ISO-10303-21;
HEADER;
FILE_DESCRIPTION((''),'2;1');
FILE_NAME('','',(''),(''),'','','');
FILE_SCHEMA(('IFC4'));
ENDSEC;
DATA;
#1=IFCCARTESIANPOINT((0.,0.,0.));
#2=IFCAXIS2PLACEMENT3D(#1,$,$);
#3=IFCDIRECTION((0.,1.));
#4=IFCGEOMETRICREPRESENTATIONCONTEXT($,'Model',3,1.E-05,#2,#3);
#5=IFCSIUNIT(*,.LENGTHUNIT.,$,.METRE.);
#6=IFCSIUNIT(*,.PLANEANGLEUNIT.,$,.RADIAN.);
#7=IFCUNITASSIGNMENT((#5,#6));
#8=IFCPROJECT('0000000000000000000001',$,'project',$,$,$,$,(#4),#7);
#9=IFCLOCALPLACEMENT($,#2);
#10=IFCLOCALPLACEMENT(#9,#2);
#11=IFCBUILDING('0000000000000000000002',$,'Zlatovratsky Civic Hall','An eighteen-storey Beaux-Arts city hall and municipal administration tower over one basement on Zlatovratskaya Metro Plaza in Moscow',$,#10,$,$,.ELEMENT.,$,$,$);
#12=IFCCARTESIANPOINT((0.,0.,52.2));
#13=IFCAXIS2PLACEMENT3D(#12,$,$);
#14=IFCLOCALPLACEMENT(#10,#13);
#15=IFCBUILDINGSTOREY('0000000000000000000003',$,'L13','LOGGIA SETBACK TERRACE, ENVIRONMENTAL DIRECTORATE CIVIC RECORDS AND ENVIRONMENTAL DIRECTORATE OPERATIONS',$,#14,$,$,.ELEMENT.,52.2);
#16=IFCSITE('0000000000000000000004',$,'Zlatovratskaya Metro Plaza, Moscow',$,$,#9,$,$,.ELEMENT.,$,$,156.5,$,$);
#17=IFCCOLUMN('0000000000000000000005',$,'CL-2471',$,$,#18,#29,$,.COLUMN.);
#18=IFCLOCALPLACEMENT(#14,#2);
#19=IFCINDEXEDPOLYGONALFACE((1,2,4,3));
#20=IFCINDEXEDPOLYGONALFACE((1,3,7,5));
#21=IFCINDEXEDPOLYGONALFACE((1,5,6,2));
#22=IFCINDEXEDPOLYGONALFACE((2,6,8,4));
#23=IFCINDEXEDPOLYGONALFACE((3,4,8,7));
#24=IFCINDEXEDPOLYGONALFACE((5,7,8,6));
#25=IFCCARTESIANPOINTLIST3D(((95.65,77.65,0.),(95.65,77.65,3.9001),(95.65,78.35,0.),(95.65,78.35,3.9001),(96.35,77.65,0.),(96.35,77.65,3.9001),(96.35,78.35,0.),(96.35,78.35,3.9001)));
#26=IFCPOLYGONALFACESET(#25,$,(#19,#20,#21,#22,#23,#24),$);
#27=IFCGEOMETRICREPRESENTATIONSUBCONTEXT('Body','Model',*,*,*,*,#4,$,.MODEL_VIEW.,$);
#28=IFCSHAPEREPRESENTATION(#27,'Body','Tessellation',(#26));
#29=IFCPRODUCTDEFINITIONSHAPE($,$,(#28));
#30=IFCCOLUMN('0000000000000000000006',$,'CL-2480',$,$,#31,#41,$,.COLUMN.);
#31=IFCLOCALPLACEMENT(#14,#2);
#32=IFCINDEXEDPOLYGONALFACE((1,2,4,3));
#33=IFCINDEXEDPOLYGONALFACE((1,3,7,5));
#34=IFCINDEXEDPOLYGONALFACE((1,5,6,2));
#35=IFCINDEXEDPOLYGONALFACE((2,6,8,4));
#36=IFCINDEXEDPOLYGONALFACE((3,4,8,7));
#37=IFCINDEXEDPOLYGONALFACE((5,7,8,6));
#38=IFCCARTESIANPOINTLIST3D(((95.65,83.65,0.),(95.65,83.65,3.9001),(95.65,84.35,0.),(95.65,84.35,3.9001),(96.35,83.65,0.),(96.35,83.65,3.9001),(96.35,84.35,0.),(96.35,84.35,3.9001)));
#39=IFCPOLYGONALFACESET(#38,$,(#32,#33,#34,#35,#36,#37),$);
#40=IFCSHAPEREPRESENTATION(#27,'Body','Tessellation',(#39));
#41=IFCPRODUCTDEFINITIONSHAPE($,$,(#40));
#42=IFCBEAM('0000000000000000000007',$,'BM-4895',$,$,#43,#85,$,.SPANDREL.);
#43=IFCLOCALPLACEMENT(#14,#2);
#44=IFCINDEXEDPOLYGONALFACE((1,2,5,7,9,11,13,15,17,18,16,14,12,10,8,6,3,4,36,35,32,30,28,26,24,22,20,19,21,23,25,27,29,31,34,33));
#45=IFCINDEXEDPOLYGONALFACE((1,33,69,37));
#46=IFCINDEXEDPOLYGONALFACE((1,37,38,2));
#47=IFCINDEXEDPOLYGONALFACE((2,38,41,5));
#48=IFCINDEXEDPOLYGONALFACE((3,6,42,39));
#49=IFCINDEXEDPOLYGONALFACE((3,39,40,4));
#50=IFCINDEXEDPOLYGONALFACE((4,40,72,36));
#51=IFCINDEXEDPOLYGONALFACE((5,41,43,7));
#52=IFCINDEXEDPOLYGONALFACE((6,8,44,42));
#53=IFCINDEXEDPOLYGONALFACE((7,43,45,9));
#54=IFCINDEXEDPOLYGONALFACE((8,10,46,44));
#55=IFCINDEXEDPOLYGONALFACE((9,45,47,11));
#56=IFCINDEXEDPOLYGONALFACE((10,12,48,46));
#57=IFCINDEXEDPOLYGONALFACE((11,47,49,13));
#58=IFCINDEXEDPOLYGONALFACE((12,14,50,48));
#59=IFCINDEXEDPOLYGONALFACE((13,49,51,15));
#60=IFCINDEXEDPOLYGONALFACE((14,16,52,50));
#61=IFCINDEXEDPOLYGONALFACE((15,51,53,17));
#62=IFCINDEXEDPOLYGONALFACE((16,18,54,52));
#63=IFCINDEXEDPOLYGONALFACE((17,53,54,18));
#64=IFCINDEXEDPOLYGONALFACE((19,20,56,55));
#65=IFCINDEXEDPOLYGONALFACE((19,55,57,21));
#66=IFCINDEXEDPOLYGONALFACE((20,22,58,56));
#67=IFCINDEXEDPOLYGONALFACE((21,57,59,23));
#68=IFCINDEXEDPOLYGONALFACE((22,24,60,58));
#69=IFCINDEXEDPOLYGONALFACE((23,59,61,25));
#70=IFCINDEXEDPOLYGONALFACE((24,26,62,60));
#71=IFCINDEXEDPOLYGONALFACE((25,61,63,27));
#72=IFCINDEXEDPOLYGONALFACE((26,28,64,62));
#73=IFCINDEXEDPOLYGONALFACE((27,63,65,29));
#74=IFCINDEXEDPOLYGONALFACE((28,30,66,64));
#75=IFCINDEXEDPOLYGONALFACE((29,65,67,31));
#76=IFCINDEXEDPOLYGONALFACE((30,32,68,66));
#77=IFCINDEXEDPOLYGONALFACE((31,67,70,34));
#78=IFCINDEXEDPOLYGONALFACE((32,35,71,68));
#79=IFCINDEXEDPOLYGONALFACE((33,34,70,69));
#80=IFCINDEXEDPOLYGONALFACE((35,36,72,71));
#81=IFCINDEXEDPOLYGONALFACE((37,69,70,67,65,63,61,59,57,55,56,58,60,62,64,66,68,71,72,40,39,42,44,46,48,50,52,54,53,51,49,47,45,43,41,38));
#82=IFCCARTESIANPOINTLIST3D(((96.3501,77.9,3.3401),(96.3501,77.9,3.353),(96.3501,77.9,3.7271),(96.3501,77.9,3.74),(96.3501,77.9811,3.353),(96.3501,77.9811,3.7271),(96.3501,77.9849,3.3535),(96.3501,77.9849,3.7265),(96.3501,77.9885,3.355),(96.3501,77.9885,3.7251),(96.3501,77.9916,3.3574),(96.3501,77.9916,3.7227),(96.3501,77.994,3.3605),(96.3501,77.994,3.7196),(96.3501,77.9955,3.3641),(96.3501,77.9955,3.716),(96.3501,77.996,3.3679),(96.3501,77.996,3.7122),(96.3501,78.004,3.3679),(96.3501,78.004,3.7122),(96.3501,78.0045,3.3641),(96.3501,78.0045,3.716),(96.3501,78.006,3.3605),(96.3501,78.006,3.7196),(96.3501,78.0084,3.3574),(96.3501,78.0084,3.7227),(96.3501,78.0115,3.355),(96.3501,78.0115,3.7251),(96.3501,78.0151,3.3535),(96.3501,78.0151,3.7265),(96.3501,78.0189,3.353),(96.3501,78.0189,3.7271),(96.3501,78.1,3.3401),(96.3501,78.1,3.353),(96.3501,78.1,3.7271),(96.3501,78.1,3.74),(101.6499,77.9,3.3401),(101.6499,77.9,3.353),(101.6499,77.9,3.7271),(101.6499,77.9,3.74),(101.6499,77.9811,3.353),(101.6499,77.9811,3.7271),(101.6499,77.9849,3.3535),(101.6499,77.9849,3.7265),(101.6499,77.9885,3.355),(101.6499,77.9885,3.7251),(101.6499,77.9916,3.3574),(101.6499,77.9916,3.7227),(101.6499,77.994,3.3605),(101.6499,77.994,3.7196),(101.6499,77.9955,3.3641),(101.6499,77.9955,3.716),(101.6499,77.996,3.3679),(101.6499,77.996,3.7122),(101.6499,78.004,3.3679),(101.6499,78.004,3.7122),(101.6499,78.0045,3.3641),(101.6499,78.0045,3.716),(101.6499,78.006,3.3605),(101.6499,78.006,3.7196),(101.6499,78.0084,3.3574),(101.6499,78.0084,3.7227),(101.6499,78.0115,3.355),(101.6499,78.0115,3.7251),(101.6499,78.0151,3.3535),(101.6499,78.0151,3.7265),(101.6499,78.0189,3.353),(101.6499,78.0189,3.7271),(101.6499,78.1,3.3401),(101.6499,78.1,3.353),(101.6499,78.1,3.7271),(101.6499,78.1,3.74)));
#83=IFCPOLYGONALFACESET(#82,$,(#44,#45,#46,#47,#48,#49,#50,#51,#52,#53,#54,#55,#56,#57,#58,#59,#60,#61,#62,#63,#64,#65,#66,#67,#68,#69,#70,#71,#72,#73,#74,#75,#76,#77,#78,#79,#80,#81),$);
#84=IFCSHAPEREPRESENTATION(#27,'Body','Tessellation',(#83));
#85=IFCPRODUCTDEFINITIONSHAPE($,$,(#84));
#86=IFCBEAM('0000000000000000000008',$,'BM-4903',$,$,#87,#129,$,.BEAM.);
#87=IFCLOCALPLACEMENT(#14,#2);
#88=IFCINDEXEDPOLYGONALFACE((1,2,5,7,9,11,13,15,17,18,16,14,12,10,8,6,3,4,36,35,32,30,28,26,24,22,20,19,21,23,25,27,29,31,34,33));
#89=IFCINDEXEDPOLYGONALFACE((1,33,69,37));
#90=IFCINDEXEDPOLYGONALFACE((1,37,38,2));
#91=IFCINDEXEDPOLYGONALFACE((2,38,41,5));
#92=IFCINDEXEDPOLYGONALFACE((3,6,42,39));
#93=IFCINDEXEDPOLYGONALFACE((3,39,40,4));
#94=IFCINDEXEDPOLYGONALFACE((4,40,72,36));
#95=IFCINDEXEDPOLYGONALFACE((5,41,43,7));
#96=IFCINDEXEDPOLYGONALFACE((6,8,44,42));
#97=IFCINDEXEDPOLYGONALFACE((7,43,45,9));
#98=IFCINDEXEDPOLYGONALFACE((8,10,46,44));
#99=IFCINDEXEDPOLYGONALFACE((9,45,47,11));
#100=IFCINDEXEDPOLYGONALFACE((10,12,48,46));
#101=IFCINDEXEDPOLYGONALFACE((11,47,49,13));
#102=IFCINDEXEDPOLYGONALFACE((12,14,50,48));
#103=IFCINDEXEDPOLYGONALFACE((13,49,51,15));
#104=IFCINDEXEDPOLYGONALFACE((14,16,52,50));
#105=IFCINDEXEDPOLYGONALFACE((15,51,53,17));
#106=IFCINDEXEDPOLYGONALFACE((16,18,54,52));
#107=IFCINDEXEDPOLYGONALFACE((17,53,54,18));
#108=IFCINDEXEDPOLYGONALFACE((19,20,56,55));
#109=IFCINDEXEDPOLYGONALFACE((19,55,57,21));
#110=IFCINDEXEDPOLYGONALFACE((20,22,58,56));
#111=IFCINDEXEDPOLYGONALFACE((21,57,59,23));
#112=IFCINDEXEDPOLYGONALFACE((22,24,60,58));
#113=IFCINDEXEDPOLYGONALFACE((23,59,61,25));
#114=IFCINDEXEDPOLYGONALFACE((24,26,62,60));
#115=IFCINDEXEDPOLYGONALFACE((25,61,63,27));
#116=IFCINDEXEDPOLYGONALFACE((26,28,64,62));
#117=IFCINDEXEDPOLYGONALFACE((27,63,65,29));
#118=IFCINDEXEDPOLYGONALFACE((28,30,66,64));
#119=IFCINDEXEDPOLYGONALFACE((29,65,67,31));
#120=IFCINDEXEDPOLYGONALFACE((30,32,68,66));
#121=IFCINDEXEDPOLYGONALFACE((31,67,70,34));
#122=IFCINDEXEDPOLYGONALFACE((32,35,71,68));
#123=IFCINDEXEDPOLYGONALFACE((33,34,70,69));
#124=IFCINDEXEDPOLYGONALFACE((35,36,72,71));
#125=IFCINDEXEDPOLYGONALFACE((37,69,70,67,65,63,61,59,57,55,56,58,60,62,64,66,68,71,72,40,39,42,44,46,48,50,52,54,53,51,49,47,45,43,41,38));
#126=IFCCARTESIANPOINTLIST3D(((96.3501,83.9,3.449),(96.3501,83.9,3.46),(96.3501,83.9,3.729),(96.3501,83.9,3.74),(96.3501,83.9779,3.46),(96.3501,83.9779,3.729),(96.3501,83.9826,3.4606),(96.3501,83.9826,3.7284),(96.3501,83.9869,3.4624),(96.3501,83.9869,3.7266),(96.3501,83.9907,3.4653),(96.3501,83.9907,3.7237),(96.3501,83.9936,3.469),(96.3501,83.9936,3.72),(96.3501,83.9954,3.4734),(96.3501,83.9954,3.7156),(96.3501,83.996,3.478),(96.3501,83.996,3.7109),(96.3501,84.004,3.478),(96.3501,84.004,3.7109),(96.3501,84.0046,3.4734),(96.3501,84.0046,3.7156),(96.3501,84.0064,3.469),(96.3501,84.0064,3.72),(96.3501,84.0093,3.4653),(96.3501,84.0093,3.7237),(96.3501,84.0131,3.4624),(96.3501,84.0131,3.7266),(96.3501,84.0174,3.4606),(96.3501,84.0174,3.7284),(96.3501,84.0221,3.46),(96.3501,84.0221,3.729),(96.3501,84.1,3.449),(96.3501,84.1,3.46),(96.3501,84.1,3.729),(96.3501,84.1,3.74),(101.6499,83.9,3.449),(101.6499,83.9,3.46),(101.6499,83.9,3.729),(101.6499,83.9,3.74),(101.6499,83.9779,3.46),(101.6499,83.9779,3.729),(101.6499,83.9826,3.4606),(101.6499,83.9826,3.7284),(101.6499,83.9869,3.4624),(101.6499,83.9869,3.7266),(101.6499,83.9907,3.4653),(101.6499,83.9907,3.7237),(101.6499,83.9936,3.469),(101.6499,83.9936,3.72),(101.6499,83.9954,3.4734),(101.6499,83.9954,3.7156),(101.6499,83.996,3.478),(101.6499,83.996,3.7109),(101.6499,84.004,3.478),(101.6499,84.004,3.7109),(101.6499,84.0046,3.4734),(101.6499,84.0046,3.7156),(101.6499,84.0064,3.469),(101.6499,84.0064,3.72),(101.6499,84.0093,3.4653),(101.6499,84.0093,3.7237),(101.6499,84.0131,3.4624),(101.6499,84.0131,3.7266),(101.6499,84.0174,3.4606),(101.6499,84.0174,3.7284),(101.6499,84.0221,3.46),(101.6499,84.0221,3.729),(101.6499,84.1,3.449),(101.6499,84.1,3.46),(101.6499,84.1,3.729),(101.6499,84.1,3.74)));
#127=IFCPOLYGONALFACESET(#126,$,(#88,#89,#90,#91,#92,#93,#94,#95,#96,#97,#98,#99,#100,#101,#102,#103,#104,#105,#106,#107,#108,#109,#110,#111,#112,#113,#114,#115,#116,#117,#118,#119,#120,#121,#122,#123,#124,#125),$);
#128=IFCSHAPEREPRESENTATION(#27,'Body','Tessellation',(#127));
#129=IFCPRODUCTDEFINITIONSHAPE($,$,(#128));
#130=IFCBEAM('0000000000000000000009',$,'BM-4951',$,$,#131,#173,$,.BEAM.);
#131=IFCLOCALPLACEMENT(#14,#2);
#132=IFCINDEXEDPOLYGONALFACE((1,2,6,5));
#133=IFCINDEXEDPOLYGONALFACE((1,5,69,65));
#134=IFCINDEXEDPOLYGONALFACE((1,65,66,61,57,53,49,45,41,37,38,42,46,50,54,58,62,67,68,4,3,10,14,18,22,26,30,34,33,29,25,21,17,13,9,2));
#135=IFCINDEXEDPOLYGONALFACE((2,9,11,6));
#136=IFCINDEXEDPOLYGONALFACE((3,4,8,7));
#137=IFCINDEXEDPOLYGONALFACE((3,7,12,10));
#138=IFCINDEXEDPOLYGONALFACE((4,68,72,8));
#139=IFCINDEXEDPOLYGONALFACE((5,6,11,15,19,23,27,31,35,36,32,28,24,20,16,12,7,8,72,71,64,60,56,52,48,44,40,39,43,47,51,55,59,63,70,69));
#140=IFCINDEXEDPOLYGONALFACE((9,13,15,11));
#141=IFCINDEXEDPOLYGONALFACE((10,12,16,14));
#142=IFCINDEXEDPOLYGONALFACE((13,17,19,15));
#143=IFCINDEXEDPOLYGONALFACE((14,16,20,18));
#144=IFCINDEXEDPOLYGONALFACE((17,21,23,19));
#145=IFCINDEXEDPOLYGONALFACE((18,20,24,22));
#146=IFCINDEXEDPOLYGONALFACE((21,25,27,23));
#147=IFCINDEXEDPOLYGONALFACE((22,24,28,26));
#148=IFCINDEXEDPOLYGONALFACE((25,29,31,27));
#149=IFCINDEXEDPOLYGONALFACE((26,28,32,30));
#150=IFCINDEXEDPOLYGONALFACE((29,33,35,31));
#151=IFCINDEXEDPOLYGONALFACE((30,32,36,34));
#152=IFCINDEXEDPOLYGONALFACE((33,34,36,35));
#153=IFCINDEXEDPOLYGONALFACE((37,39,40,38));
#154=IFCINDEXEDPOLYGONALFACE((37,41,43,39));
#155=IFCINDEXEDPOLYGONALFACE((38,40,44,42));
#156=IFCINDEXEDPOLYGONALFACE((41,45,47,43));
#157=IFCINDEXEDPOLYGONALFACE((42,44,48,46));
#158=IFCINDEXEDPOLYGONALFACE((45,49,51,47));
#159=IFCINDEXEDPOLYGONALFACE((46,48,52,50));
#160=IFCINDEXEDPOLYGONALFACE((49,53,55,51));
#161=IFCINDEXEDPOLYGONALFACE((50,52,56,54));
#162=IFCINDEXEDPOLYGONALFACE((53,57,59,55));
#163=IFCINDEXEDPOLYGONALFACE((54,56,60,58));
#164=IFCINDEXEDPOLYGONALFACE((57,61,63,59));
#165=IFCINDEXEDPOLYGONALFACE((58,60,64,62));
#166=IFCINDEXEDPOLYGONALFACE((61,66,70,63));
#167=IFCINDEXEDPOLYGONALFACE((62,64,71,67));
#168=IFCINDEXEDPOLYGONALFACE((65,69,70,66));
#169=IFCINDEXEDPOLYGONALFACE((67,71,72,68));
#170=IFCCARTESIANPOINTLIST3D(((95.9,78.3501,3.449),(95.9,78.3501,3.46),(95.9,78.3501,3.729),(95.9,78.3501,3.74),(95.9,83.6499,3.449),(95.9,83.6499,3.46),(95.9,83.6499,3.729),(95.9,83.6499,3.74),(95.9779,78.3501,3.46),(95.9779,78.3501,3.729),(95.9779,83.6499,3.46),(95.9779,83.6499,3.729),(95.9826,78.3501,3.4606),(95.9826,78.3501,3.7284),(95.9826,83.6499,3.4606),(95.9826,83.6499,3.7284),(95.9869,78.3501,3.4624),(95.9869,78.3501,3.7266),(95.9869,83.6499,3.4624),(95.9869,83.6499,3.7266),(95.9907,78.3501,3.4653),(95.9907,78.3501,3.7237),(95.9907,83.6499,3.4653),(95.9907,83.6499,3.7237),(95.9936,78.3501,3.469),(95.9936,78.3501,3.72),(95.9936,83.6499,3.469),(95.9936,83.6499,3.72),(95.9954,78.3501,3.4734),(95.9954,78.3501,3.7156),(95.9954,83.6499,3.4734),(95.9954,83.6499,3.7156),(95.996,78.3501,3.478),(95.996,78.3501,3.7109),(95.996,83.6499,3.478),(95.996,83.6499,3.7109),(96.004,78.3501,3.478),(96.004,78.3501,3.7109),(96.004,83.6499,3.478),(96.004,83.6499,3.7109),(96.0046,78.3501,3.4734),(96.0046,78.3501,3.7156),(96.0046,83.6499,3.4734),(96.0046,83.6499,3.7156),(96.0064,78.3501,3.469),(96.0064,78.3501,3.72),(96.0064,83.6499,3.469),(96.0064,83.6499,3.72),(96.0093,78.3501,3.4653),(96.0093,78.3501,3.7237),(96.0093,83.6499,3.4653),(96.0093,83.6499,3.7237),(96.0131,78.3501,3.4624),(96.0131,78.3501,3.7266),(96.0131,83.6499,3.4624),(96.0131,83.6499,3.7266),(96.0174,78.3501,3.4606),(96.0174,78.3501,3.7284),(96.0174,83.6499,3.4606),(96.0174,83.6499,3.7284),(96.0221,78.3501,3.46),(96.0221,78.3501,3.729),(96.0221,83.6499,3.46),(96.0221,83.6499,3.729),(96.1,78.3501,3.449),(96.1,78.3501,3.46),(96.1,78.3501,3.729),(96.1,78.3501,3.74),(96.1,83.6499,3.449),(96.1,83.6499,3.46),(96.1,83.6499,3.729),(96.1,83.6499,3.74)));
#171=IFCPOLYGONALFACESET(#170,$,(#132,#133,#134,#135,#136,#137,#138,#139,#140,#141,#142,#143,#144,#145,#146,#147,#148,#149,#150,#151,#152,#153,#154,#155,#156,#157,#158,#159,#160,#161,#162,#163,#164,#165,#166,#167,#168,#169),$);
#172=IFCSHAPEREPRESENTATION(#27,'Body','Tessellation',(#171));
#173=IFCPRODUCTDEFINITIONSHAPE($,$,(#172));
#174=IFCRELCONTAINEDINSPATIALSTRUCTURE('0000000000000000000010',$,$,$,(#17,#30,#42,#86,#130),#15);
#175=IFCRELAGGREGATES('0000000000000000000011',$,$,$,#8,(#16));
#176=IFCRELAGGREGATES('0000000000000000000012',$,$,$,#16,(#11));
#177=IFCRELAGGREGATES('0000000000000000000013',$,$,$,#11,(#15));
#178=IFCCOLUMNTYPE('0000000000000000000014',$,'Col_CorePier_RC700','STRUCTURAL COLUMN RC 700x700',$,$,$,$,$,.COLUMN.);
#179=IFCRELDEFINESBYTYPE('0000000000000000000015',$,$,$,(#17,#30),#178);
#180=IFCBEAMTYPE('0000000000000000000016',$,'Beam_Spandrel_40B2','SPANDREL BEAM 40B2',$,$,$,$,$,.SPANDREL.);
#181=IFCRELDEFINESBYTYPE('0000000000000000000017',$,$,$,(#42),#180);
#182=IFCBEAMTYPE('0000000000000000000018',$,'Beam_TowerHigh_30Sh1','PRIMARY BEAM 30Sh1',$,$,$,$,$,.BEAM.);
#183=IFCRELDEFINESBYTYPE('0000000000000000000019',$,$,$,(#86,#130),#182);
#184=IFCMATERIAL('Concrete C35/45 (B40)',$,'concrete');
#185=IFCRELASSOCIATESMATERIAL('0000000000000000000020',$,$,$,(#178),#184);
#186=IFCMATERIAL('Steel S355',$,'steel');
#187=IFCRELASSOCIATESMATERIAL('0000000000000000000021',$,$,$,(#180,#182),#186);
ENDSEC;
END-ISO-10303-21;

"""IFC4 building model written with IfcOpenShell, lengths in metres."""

from ifc_helpers import new_model, si_unit, direction, frame, origin, origin_2d, place, context, subcontext, project, spatial, rectangle, i_section, extrude, material, material_profile, profile_set, type_object, element, save


model = new_model("IFC4")

# Units and contexts
model_context = context("Model", 3, precision=1e-05, world=origin(), true_north=direction((0.0, 1.0)))
body_context = subcontext(model_context, "Body", "Model", "MODEL_VIEW")
ifc_project = project(units=[si_unit("LENGTHUNIT", "METRE"), si_unit("PLANEANGLEUNIT", "RADIAN")], contexts=[model_context])

# Site, building, storey
site_placement = place(None, origin())
site = spatial("IfcSite", under=ifc_project, at=site_placement, Name="Zlatovratskaya Metro Plaza, Moscow", CompositionType="ELEMENT", RefElevation=156.5)
building_placement = place(site_placement, origin())
building = spatial("IfcBuilding", under=site, at=building_placement, Name="Zlatovratsky Civic Hall", Description="An eighteen-storey Beaux-Arts city hall and municipal administration tower over one basement on Zlatovratskaya Metro Plaza in Moscow", CompositionType="ELEMENT")
storey_placement = place(building_placement, frame((0.0, 0.0, 52.2)))
storey = spatial("IfcBuildingStorey", under=building, at=storey_placement, Name="L13", Description="LOGGIA SETBACK TERRACE, ENVIRONMENTAL DIRECTORATE CIVIC RECORDS AND ENVIRONMENTAL DIRECTORATE OPERATIONS", CompositionType="ELEMENT", Elevation=52.2)

# Columns
ifc_material_1 = material(Name="Concrete C35/45 (B40)", Category="concrete")
ifc_material_profile_1 = material_profile(ifc_material_1, rectangle(XDim=0.7, YDim=0.7, at=origin_2d()), Name="RC 700x700")
ifc_profile_set_1 = profile_set([ifc_material_profile_1], Name="Concrete C35/45 (B40)")
column_type = type_object("IfcColumnType", Name="Col_CorePier_RC700", Description="STRUCTURAL COLUMN RC 700x700", PredefinedType="COLUMN", material=ifc_profile_set_1)
for number, where, z_axis, x_axis, name in (
    (1, (96.0, 78.0, 0.0), (0.0, 0.0, 1.0), (1.0, 0.0, 0.0), "CL-2471"),
    (2, (96.0, 84.0, 0.0), (0.0, 0.0, 1.0), (1.0, 0.0, 0.0), "CL-2480"),
):
    element("IfcColumn", number, at=place(storey_placement, frame(where, z_axis=z_axis, x_axis=x_axis)), inside=storey, type_object=column_type, Name=name, PredefinedType="COLUMN", context=body_context, shape_type="SweptSolid", body=[
        extrude(rectangle(XDim=0.7, YDim=0.7, at=origin_2d()), origin(), (0.0, 0.0, 1.0), 3.9001),
    ])

# Beams
ifc_material_2 = material(Name="Steel S355", Category="steel")
ifc_material_profile_2 = material_profile(ifc_material_2, i_section(OverallWidth=0.2, OverallDepth=0.3999, WebThickness=0.0081, FlangeThickness=0.0129, FilletRadius=0.0149, at=origin_2d()), Name="40B2")
ifc_profile_set_2 = profile_set([ifc_material_profile_2], Name="Steel S355")
beam_type_1 = type_object("IfcBeamType", Name="Beam_Spandrel_40B2", Description="SPANDREL BEAM 40B2", PredefinedType="SPANDREL", material=ifc_profile_set_2)
beam_placement = place(storey_placement, frame((96.3501, 78.0, 3.54), z_axis=(1.0, 0.0, 0.0), x_axis=(0.0, 1.0, 0.0)))
element("IfcBeam", 3, at=beam_placement, inside=storey, type_object=beam_type_1, Name="BM-4895", PredefinedType="SPANDREL", context=body_context, shape_type="SweptSolid", body=[
    extrude(i_section(OverallWidth=0.2, OverallDepth=0.3999, WebThickness=0.0081, FlangeThickness=0.0129, FilletRadius=0.0149, at=origin_2d()), origin(), (0.0, 0.0, 1.0), 5.2998),
])
ifc_material_profile_3 = material_profile(ifc_material_2, i_section(OverallWidth=0.2, OverallDepth=0.291, WebThickness=0.0081, FlangeThickness=0.011, FilletRadius=0.0181, at=origin_2d()), Name="30Sh1")
ifc_profile_set_3 = profile_set([ifc_material_profile_3], Name="Steel S355")
beam_type_2 = type_object("IfcBeamType", Name="Beam_TowerHigh_30Sh1", Description="PRIMARY BEAM 30Sh1", PredefinedType="BEAM", material=ifc_profile_set_3)
for number, where, z_axis, x_axis, name in (
    (4, (96.3501, 84.0, 3.5945), (1.0, 0.0, 0.0), (0.0, 1.0, 0.0), "BM-4903"),
    (5, (96.0, 78.3501, 3.5945), (0.0, 1.0, 0.0), (-1.0, 0.0, 0.0), "BM-4951"),
):
    element("IfcBeam", number, at=place(storey_placement, frame(where, z_axis=z_axis, x_axis=x_axis)), inside=storey, type_object=beam_type_2, Name=name, PredefinedType="BEAM", context=body_context, shape_type="SweptSolid", body=[
        extrude(i_section(OverallWidth=0.2, OverallDepth=0.291, WebThickness=0.0081, FlangeThickness=0.011, FilletRadius=0.0181, at=origin_2d()), origin(), (0.0, 0.0, 1.0), 5.2998),
    ])

save(model, "model.ifc")
